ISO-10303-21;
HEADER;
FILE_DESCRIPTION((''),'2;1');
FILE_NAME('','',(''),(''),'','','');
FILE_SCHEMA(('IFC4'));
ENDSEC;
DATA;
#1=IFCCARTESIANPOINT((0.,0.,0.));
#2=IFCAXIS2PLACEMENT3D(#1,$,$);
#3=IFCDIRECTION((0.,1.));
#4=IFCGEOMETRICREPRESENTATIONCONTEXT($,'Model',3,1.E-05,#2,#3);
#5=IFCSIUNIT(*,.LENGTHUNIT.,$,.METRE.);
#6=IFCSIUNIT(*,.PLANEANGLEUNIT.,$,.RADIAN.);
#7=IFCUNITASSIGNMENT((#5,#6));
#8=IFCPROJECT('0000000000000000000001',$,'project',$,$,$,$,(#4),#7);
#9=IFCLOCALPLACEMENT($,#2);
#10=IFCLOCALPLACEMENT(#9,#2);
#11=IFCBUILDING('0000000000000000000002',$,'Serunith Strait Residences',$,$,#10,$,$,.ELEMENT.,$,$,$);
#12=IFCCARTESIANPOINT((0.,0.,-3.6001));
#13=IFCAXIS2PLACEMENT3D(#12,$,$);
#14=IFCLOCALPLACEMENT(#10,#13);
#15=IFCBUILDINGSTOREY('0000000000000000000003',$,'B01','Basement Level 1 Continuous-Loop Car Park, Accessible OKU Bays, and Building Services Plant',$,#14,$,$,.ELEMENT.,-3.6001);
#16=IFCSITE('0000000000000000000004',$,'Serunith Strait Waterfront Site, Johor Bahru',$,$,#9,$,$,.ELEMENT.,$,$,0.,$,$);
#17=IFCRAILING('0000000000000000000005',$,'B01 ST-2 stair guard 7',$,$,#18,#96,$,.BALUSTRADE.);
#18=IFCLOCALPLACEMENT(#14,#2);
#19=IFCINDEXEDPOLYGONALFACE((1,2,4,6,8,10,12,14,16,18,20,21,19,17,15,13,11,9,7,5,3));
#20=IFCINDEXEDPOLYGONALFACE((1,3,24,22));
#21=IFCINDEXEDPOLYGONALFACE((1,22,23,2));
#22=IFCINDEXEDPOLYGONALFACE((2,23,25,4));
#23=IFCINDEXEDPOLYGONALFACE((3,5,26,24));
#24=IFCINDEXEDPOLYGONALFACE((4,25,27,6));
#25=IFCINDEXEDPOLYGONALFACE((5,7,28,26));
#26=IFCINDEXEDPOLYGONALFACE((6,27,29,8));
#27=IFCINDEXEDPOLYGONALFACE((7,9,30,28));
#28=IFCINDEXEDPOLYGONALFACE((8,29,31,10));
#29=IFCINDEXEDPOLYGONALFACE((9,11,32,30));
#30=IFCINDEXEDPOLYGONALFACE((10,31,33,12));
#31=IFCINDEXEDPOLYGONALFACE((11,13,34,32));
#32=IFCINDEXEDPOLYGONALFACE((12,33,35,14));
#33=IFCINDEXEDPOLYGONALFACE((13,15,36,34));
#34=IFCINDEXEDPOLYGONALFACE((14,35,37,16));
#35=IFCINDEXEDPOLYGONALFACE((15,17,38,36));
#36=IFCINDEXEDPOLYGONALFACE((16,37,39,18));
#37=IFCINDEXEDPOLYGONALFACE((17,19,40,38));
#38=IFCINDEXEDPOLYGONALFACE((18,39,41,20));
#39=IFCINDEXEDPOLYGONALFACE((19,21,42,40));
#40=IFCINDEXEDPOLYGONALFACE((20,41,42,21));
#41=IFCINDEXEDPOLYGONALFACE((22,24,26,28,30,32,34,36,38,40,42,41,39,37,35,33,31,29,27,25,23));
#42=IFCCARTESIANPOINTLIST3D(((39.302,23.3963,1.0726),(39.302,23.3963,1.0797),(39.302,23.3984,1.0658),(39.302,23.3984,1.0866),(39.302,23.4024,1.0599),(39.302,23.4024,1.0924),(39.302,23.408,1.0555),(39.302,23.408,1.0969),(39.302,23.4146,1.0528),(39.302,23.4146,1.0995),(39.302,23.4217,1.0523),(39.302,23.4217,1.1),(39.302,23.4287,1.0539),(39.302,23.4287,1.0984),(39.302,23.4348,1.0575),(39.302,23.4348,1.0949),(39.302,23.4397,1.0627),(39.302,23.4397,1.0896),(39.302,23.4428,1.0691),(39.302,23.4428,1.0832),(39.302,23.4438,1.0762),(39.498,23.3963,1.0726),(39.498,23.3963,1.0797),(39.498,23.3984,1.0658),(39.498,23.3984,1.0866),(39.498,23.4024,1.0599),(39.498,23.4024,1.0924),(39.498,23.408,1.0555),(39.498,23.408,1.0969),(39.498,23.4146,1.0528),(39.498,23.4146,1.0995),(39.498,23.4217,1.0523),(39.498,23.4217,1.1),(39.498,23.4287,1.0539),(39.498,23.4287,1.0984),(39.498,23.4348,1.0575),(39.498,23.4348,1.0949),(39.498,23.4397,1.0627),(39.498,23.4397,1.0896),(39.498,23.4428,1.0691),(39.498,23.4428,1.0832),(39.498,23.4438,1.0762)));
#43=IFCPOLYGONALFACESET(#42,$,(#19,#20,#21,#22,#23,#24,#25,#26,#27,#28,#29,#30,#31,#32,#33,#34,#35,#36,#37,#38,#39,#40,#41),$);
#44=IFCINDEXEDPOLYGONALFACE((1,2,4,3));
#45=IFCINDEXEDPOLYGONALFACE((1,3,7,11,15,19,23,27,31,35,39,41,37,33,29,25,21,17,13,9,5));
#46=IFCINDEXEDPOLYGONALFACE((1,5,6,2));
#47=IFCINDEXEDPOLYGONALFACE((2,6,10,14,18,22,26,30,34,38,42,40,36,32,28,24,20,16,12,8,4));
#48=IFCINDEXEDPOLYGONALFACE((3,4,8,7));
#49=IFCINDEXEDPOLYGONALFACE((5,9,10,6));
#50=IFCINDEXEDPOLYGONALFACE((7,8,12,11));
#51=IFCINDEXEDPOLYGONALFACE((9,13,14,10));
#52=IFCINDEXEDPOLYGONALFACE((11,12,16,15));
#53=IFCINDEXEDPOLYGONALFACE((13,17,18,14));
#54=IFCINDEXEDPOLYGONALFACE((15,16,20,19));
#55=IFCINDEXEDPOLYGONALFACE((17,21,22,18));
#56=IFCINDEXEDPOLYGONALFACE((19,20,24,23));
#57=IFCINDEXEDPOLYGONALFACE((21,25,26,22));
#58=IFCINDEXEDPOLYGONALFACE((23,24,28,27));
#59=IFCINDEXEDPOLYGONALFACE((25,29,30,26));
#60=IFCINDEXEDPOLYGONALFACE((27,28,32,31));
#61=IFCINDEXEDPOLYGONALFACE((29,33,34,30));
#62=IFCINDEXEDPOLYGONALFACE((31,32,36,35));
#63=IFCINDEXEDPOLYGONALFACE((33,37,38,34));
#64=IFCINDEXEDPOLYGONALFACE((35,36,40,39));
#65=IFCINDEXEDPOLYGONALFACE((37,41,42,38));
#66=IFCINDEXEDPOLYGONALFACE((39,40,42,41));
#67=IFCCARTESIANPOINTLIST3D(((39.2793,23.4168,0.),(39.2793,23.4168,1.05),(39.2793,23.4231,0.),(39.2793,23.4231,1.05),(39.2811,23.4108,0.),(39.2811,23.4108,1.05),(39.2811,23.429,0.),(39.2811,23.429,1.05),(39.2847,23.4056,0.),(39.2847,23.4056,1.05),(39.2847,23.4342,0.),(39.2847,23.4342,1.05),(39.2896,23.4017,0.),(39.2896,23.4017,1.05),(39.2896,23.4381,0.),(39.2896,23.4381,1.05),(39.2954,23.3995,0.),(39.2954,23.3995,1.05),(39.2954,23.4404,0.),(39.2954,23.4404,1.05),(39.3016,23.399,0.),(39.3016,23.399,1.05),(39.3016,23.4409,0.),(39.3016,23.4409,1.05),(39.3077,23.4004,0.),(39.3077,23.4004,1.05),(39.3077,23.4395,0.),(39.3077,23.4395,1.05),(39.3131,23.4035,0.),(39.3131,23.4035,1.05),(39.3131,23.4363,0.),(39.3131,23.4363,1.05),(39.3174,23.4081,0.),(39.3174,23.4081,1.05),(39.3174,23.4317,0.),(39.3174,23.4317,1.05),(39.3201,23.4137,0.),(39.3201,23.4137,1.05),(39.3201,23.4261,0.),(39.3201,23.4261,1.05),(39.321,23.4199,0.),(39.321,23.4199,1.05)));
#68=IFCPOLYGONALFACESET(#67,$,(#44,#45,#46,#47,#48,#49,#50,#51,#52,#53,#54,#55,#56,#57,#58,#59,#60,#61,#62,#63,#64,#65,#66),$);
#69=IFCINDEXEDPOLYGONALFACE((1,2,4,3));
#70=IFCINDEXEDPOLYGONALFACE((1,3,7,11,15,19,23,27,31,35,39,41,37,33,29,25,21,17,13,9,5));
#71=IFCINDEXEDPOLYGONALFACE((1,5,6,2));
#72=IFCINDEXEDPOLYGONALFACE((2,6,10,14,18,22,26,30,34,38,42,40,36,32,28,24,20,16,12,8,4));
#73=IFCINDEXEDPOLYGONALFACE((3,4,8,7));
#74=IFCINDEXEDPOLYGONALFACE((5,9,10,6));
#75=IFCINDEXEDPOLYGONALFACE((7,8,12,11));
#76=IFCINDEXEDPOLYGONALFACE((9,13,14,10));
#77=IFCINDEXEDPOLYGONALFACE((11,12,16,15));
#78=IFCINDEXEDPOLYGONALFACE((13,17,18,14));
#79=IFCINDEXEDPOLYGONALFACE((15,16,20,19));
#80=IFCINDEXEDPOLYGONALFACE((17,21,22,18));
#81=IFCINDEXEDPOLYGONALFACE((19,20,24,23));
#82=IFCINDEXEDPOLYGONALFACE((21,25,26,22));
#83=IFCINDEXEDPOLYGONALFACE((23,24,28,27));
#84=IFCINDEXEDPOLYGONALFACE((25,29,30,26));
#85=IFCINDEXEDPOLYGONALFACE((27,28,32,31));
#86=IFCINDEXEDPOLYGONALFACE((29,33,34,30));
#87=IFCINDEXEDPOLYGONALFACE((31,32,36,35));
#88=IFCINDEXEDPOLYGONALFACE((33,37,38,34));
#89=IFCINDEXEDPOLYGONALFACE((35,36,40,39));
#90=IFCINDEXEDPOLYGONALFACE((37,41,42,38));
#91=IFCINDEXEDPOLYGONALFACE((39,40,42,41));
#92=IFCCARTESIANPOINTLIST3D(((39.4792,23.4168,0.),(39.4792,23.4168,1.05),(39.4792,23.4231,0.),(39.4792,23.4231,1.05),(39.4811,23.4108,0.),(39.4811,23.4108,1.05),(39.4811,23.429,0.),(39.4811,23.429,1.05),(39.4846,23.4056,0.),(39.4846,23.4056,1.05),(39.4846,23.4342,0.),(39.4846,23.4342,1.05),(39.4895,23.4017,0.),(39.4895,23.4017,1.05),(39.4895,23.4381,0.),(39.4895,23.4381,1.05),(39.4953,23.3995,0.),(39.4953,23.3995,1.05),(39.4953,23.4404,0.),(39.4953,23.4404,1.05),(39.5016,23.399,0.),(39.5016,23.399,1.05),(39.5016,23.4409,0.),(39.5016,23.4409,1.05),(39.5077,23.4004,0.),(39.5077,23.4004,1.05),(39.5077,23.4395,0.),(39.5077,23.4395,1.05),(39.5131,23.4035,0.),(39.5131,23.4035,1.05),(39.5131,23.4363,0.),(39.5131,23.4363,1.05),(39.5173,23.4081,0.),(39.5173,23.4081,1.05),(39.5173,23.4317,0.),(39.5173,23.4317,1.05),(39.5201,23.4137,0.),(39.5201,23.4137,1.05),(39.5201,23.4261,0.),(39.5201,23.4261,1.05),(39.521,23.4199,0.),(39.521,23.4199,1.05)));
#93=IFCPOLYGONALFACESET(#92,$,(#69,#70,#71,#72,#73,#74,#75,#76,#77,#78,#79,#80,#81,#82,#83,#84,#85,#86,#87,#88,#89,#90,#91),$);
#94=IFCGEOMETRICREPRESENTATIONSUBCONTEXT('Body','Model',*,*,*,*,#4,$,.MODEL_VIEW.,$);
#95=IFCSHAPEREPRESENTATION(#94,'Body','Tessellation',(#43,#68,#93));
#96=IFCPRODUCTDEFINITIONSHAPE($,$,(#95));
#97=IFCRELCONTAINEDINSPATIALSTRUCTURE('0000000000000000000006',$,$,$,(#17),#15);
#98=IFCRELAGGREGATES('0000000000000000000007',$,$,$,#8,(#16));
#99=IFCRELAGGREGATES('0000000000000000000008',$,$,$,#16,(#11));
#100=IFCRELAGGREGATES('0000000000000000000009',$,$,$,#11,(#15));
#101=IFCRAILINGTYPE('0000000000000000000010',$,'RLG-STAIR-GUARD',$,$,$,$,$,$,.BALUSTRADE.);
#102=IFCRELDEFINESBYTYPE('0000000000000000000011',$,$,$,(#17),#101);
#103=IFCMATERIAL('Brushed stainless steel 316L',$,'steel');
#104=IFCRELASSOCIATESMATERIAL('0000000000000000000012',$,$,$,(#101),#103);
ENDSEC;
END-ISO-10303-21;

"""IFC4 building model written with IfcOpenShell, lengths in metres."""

from ifc_helpers import new_model, si_unit, direction, frame, origin, origin_2d, place, context, subcontext, project, spatial, circle, extrude, material, type_object, element, save


model = new_model("IFC4")

# Units and contexts
model_context = context("Model", 3, precision=1e-05, world=origin(), true_north=direction((0.0, 1.0)))
body_context = subcontext(model_context, "Body", "Model", "MODEL_VIEW")
ifc_project = project(units=[si_unit("LENGTHUNIT", "METRE"), si_unit("PLANEANGLEUNIT", "RADIAN")], contexts=[model_context])

# Site, building, storey
site_placement = place(None, origin())
site = spatial("IfcSite", under=ifc_project, at=site_placement, Name="Serunith Strait Waterfront Site, Johor Bahru", CompositionType="ELEMENT", RefElevation=0.0)
building_placement = place(site_placement, origin())
building = spatial("IfcBuilding", under=site, at=building_placement, Name="Serunith Strait Residences", CompositionType="ELEMENT")
storey_placement = place(building_placement, frame((0.0, 0.0, -3.6001)))
storey = spatial("IfcBuildingStorey", under=building, at=storey_placement, Name="B01", Description="Basement Level 1 Continuous-Loop Car Park, Accessible OKU Bays, and Building Services Plant", CompositionType="ELEMENT", Elevation=-3.6001)

# Railing
ifc_material_1 = material(Name="Brushed stainless steel 316L", Category="steel")
railing_type_1 = type_object("IfcRailingType", Name="RLG-STAIR-GUARD", PredefinedType="BALUSTRADE", material=ifc_material_1)
railing_1_placement = place(storey_placement, frame((39.3, 23.4199, 0.0)))
element("IfcRailing", 1, at=railing_1_placement, inside=storey, type_object=railing_type_1, Name="B01 ST-2 stair guard 7", PredefinedType="BALUSTRADE", context=body_context, shape_type="SweptSolid", body=[
    extrude(circle(Radius=0.0239, at=origin_2d()), frame((0.002, 0.0, 1.0762), z_axis=(1.0, 0.0, 0.0), x_axis=(0.0, 1.0, 0.0)), (0.0, 0.0, 1.0), 0.196),
    extrude(circle(Radius=0.021, at=origin_2d()), origin(), (0.0, 0.0, 1.0), 1.05),
    extrude(circle(Radius=0.021, at=origin_2d()), frame((0.2, 0.0, 0.0)), (0.0, 0.0, 1.0), 1.05),
])

save(model, "model.ifc")
